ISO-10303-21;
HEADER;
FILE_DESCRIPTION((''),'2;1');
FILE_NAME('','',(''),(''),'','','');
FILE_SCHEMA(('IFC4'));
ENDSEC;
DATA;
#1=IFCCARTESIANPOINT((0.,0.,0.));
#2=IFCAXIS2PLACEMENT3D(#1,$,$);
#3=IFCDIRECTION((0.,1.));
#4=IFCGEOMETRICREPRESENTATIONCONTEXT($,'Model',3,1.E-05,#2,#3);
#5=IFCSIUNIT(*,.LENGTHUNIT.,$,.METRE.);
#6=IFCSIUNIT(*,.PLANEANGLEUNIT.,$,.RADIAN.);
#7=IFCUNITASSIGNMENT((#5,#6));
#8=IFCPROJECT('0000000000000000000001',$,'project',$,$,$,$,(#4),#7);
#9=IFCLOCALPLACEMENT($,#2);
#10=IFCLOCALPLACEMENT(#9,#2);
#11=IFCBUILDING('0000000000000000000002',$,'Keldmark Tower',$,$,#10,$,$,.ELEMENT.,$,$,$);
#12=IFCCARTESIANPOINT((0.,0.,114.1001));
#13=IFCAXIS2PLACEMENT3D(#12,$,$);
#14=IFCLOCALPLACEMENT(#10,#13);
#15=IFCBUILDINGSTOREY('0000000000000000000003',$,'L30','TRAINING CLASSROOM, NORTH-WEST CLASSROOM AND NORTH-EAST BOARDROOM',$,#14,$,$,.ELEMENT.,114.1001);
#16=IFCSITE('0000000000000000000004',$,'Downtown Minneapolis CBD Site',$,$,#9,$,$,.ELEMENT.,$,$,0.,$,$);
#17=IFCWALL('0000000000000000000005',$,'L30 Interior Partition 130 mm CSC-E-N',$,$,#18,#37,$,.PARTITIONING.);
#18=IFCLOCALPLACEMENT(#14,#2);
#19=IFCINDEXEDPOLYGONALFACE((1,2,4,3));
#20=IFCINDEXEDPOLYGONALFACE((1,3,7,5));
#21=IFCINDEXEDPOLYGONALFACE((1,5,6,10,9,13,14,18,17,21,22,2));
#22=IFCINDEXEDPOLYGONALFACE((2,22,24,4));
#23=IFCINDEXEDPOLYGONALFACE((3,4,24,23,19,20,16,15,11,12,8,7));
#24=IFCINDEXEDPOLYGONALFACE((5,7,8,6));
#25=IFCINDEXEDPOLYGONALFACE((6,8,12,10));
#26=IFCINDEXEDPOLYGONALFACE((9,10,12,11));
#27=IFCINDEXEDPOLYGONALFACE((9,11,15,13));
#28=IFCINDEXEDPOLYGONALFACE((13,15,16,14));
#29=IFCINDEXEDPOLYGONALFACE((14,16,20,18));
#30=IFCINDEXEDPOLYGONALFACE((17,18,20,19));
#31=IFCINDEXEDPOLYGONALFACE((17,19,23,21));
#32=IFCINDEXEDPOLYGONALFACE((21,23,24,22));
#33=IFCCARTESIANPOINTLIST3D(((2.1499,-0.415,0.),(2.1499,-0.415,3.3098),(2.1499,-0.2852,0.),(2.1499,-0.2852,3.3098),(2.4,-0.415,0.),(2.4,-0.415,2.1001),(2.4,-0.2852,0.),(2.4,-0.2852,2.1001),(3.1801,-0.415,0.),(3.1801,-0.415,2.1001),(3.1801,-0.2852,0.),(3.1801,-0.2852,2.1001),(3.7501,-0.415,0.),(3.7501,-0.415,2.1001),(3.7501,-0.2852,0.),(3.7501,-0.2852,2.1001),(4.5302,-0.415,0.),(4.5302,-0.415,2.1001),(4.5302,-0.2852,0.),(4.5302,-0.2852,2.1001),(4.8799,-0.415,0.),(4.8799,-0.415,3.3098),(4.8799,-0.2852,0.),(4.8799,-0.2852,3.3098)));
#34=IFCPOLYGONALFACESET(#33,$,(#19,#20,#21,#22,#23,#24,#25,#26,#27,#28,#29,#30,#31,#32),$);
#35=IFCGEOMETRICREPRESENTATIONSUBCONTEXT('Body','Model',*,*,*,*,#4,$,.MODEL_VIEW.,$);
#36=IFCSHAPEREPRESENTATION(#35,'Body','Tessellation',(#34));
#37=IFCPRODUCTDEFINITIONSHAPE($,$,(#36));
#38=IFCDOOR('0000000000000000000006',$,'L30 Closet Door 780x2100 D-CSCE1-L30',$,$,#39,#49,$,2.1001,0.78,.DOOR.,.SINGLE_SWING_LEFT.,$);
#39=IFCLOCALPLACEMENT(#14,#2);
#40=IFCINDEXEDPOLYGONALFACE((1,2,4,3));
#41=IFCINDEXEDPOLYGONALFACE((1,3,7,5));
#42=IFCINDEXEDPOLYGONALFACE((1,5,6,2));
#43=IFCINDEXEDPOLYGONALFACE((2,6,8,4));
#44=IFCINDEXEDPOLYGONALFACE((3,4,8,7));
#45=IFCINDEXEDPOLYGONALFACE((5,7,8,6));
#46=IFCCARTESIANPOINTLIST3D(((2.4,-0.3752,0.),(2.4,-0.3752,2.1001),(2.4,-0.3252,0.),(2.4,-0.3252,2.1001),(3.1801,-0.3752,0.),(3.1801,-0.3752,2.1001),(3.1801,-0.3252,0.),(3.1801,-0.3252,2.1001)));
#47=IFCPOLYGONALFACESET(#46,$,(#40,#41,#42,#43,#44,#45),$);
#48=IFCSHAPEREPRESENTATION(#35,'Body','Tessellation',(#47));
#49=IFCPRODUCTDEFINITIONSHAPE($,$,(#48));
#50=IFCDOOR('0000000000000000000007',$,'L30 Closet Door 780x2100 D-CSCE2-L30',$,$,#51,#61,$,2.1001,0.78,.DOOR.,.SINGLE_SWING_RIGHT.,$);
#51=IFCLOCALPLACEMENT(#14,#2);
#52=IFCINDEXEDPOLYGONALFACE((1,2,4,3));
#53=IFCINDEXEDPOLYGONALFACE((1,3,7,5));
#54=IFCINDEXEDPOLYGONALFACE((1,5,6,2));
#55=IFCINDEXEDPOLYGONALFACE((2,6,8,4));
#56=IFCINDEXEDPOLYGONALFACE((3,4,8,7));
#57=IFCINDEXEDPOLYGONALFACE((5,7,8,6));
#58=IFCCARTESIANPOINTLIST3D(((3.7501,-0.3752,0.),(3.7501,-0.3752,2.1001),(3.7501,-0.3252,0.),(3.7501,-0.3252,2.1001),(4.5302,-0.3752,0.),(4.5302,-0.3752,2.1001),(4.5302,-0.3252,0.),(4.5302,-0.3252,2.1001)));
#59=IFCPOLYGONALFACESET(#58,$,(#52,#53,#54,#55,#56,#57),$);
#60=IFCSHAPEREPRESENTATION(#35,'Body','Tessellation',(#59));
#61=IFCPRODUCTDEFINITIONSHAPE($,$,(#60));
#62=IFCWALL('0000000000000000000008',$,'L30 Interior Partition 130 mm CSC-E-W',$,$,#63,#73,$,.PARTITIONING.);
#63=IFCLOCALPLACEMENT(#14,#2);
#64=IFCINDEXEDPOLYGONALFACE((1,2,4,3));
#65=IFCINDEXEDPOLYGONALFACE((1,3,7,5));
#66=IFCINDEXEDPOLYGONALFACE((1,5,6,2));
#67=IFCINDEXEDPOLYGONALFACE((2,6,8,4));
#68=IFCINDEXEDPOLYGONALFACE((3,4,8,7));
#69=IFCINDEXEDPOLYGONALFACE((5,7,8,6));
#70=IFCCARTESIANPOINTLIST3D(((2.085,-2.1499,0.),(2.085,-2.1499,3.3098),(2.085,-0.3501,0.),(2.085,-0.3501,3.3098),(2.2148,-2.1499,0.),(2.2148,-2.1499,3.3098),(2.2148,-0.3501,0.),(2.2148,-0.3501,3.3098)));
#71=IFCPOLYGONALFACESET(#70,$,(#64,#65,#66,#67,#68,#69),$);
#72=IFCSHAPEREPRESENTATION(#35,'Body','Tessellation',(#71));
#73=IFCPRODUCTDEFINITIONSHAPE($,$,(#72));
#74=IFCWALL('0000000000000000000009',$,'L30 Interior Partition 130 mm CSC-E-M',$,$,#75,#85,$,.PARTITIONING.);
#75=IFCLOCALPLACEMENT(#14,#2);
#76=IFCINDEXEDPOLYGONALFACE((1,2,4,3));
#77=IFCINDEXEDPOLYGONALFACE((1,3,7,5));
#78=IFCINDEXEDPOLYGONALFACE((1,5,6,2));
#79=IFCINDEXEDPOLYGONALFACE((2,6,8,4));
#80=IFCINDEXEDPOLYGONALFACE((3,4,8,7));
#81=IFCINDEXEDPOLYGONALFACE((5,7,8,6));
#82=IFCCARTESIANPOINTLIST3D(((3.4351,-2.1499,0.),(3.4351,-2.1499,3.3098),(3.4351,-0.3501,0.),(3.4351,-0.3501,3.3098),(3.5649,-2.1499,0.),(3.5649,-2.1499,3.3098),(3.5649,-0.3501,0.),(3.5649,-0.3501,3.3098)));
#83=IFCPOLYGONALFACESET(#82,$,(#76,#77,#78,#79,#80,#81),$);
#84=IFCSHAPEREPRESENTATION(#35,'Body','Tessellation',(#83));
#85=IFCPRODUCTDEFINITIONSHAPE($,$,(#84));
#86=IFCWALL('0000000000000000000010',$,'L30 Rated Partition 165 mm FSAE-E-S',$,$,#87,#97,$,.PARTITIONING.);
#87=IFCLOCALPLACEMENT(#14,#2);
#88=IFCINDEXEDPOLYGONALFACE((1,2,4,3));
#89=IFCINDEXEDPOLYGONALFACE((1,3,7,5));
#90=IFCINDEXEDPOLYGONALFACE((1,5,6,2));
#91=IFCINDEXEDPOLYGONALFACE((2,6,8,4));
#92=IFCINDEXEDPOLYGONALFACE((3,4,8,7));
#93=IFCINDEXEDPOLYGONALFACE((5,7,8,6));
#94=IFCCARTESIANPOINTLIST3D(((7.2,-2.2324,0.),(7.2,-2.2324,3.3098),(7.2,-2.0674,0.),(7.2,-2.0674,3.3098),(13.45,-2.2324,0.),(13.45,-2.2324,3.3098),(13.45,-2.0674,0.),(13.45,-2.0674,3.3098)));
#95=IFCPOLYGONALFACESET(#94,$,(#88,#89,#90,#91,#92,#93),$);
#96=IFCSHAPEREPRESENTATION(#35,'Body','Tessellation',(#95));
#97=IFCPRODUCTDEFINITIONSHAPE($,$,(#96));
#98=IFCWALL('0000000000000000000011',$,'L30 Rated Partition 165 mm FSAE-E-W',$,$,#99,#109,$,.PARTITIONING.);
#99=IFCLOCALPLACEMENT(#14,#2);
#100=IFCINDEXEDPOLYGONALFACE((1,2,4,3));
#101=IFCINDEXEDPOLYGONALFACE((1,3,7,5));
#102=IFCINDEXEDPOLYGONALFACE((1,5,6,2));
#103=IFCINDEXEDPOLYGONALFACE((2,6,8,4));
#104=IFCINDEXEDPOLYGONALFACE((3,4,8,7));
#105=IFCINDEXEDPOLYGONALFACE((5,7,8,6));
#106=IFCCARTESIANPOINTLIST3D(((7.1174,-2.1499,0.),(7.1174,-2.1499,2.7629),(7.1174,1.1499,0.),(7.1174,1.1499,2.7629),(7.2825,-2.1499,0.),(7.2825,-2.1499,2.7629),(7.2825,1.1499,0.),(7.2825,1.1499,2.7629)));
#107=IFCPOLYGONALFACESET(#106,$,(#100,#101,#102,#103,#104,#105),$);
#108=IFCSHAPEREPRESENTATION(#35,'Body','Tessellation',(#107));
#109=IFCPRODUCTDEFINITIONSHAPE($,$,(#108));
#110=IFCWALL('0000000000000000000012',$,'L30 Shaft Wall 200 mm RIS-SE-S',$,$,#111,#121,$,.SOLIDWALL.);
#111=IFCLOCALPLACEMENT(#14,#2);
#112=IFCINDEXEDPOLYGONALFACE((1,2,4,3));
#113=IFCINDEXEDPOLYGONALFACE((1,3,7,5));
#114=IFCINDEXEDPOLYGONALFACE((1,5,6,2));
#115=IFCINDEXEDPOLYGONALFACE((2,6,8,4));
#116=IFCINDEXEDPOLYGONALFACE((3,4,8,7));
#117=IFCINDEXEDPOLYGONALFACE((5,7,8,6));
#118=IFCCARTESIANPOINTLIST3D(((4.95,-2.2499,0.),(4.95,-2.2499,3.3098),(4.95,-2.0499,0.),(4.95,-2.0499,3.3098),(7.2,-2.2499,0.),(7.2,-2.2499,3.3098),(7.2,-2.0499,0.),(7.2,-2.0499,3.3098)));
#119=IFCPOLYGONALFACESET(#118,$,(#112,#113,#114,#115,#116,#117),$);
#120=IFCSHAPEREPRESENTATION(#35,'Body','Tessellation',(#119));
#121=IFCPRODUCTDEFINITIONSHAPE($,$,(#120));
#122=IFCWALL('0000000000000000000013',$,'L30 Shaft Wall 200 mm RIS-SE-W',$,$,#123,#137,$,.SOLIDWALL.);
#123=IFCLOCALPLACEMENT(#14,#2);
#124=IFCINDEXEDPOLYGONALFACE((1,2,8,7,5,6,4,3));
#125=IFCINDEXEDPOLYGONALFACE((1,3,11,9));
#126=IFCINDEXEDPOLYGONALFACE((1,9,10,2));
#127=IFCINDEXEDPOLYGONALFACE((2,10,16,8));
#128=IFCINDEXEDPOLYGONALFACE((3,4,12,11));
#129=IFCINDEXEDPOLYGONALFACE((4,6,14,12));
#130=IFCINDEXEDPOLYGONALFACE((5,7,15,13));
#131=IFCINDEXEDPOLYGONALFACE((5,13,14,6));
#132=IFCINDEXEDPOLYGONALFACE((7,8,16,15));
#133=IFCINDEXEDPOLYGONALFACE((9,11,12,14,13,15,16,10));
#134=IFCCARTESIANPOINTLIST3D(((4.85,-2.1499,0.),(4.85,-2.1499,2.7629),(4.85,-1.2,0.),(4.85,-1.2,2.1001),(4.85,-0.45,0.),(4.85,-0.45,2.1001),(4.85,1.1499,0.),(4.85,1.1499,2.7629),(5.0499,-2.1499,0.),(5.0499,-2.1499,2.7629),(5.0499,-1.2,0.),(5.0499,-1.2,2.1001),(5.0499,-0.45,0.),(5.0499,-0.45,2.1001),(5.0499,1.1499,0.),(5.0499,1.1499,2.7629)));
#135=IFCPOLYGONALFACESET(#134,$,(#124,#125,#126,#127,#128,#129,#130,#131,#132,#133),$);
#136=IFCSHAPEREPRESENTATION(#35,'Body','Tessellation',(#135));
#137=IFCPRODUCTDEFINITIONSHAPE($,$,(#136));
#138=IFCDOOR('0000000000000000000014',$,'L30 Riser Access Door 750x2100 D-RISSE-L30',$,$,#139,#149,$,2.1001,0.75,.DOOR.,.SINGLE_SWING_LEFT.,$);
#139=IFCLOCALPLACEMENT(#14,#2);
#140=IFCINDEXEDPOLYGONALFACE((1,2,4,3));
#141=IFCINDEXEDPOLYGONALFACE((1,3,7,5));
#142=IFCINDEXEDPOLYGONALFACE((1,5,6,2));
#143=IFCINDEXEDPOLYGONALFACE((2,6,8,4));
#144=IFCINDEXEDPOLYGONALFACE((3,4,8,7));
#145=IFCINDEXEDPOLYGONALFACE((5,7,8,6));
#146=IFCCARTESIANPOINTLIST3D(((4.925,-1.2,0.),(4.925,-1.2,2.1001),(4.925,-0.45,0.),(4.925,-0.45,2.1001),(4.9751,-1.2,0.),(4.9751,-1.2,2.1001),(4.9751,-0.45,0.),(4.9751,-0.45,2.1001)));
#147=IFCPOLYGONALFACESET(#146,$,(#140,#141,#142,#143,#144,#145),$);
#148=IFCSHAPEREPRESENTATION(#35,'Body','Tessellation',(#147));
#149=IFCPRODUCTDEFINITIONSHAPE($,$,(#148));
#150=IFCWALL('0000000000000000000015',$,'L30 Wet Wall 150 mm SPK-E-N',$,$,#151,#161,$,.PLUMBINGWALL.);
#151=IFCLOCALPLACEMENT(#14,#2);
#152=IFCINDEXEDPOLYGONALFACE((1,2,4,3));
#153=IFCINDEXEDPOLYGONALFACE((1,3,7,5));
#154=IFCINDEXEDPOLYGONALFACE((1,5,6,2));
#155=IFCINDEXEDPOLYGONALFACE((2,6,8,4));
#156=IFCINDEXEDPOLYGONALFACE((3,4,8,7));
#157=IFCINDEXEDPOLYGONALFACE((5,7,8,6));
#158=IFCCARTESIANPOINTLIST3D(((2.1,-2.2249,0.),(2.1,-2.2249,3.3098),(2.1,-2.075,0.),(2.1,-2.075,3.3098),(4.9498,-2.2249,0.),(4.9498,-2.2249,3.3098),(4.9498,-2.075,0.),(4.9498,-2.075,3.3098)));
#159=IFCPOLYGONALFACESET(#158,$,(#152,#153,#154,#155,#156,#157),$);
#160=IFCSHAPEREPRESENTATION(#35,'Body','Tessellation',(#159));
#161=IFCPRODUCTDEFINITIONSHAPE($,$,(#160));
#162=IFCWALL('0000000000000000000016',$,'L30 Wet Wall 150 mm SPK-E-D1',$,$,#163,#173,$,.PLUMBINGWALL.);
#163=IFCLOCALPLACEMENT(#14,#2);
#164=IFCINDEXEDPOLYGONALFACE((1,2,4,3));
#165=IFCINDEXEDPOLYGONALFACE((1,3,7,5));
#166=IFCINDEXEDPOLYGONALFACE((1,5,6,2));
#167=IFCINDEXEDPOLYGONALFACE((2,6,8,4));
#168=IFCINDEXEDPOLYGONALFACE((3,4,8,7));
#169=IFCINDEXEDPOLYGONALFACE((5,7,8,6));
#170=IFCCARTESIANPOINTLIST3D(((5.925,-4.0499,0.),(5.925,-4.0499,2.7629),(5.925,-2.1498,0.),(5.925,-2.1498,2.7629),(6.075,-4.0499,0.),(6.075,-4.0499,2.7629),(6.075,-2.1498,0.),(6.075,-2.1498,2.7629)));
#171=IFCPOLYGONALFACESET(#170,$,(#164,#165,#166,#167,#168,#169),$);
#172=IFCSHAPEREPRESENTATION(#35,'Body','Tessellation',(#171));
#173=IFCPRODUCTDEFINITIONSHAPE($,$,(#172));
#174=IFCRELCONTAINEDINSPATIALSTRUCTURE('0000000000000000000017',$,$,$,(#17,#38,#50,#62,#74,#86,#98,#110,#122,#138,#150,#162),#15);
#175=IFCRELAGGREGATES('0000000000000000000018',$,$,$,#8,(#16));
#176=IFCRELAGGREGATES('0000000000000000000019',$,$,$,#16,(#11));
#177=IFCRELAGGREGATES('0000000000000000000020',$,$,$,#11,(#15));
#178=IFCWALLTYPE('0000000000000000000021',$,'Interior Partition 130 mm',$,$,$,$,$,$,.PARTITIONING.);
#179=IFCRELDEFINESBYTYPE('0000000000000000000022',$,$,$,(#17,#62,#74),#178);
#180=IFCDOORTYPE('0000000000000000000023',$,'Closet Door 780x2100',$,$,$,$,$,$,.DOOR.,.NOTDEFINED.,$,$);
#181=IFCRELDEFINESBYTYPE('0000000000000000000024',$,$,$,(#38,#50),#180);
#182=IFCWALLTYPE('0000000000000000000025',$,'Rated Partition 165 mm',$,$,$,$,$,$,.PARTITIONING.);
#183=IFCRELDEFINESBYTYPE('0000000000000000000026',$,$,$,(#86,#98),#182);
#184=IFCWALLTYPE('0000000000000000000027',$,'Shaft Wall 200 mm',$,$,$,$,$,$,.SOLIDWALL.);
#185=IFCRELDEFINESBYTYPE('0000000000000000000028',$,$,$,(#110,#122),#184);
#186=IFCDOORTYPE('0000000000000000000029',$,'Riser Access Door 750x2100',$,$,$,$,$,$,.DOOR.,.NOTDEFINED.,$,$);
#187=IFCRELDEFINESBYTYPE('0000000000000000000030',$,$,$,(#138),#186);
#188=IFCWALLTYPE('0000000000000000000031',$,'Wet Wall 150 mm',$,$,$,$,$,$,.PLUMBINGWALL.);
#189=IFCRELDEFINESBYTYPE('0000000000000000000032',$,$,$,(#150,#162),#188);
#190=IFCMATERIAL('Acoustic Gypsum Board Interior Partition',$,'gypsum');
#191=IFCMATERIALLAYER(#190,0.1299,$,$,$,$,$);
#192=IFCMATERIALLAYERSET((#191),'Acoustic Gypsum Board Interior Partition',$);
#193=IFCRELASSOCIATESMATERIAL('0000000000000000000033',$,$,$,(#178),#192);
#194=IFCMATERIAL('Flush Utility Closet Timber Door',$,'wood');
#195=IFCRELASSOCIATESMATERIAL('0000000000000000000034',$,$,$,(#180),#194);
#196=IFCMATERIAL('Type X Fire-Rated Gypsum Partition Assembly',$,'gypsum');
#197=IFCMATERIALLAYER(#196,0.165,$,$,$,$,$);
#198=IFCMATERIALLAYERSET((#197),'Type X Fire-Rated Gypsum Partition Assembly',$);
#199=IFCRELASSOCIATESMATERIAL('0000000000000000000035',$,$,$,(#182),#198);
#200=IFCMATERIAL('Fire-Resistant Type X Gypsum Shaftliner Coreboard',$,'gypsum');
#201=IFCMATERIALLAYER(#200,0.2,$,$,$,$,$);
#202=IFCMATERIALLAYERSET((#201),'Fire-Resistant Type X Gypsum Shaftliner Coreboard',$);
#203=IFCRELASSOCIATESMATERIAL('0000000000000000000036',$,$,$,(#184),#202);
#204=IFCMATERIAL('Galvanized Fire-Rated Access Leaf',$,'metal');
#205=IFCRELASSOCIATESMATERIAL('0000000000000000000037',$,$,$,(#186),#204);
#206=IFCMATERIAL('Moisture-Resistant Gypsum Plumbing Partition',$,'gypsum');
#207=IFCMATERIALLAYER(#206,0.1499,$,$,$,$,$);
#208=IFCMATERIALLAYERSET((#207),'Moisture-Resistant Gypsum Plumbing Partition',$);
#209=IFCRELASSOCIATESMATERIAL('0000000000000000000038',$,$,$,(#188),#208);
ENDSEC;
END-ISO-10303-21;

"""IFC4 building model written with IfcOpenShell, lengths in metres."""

from ifc_helpers import new_model, si_unit, direction, frame, frame_2d, origin, place, context, subcontext, project, spatial, rectangle, extrude, material, layer, layer_set, type_object, element, fill, save


model = new_model("IFC4")

# Units and contexts
model_context = context("Model", 3, precision=1e-05, world=origin(), true_north=direction((0.0, 1.0)))
body_context = subcontext(model_context, "Body", "Model", "MODEL_VIEW")
ifc_project = project(units=[si_unit("LENGTHUNIT", "METRE"), si_unit("PLANEANGLEUNIT", "RADIAN")], contexts=[model_context])

# Site, building, storey
site_placement = place(None, origin())
site = spatial("IfcSite", under=ifc_project, at=site_placement, Name="Downtown Minneapolis CBD Site", CompositionType="ELEMENT", RefElevation=0.0)
building_placement = place(site_placement, origin())
building = spatial("IfcBuilding", under=site, at=building_placement, Name="Keldmark Tower", CompositionType="ELEMENT")
storey_placement = place(building_placement, frame((0.0, 0.0, 114.1001)))
storey = spatial("IfcBuildingStorey", under=building, at=storey_placement, Name="L30", Description="TRAINING CLASSROOM, NORTH-WEST CLASSROOM AND NORTH-EAST BOARDROOM", CompositionType="ELEMENT", Elevation=114.1001)

# Wall, openings, doors
ifc_material_1 = material(Name="Acoustic Gypsum Board Interior Partition", Category="gypsum")
ifc_layer_1 = layer(ifc_material_1, 0.1299)
ifc_layer_set_1 = layer_set([ifc_layer_1], Name="Acoustic Gypsum Board Interior Partition")
wall_type_1 = type_object("IfcWallType", Name="Interior Partition 130 mm", PredefinedType="PARTITIONING", material=ifc_layer_set_1)
wall_1_placement = place(storey_placement, frame((2.1499, -0.3501, 0.0), z_axis=(0.0, 0.0, 1.0), x_axis=(1.0, 0.0, 0.0)))
wall_1 = element("IfcWall", 1, at=wall_1_placement, inside=storey, type_object=wall_type_1, Name="L30 Interior Partition 130 mm CSC-E-N", PredefinedType="PARTITIONING", context=body_context, shape_type="SweptSolid", body=[
    extrude(rectangle(XDim=2.73, YDim=0.1299, at=frame_2d((1.365, 0.0))), origin(), (0.0, 0.0, 1.0), 3.3098),
])
opening_1_placement = place(wall_1_placement, frame((0.25, 0.0, 0.0)))
opening_1 = element("IfcOpeningElement", 2, at=opening_1_placement, cuts=wall_1, PredefinedType="OPENING", context=body_context, shape_type="SweptSolid", body=[
    extrude(rectangle(XDim=0.78, YDim=2.1001, at=frame_2d((0.3901, 1.05))), frame((0.0, 0.075, 0.0), z_axis=(0.0, -1.0, 0.0), x_axis=(1.0, 0.0, 0.0)), (0.0, 0.0, 1.0), 0.1499),
])
opening_2_placement = place(wall_1_placement, frame((1.6001, 0.0, 0.0)))
opening_2 = element("IfcOpeningElement", 3, at=opening_2_placement, cuts=wall_1, PredefinedType="OPENING", context=body_context, shape_type="SweptSolid", body=[
    extrude(rectangle(XDim=0.78, YDim=2.1001, at=frame_2d((0.3901, 1.05))), frame((0.0, 0.075, 0.0), z_axis=(0.0, -1.0, 0.0), x_axis=(1.0, 0.0, 0.0)), (0.0, 0.0, 1.0), 0.1499),
])
ifc_material_2 = material(Name="Flush Utility Closet Timber Door", Category="wood")
door_type_1 = type_object("IfcDoorType", Name="Closet Door 780x2100", OperationType="NOTDEFINED", PredefinedType="DOOR", material=ifc_material_2)
door_1_placement = place(opening_1_placement, origin())
door_1 = element("IfcDoor", 4, at=door_1_placement, inside=storey, type_object=door_type_1, Name="L30 Closet Door 780x2100 D-CSCE1-L30", OperationType="SINGLE_SWING_LEFT", OverallHeight=2.1001, OverallWidth=0.78, PredefinedType="DOOR", context=body_context, shape_type="SweptSolid", body=[
    extrude(rectangle(XDim=0.78, YDim=2.1001, at=frame_2d((0.3901, 1.05))), frame((0.0, 0.0249, 0.0), z_axis=(0.0, -1.0, 0.0), x_axis=(1.0, 0.0, 0.0)), (0.0, 0.0, 1.0), 0.05),
])
fill(opening_1, door_1)
door_2_placement = place(opening_2_placement, origin())
door_2 = element("IfcDoor", 5, at=door_2_placement, inside=storey, type_object=door_type_1, Name="L30 Closet Door 780x2100 D-CSCE2-L30", OperationType="SINGLE_SWING_RIGHT", OverallHeight=2.1001, OverallWidth=0.78, PredefinedType="DOOR", context=body_context, shape_type="SweptSolid", body=[
    extrude(rectangle(XDim=0.78, YDim=2.1001, at=frame_2d((0.3901, 1.05))), frame((0.0, 0.0249, 0.0), z_axis=(0.0, -1.0, 0.0), x_axis=(1.0, 0.0, 0.0)), (0.0, 0.0, 1.0), 0.05),
])
fill(opening_2, door_2)

# Walls
for number, where, z_axis, x_axis, name in (
    (6, (2.1499, -2.1499, 0.0), (0.0, 0.0, 1.0), (0.0, 1.0, 0.0), "L30 Interior Partition 130 mm CSC-E-W"),
    (7, (3.5, -2.1499, 0.0), (0.0, 0.0, 1.0), (0.0, 1.0, 0.0), "L30 Interior Partition 130 mm CSC-E-M"),
):
    element("IfcWall", number, at=place(storey_placement, frame(where, z_axis=z_axis, x_axis=x_axis)), inside=storey, type_object=wall_type_1, Name=name, PredefinedType="PARTITIONING", context=body_context, shape_type="SweptSolid", body=[
        extrude(rectangle(XDim=1.7998, YDim=0.1299, at=frame_2d((0.8999, 0.0))), origin(), (0.0, 0.0, 1.0), 3.3098),
    ])
ifc_material_3 = material(Name="Type X Fire-Rated Gypsum Partition Assembly", Category="gypsum")
ifc_layer_2 = layer(ifc_material_3, 0.165)
ifc_layer_set_2 = layer_set([ifc_layer_2], Name="Type X Fire-Rated Gypsum Partition Assembly")
wall_type_2 = type_object("IfcWallType", Name="Rated Partition 165 mm", PredefinedType="PARTITIONING", material=ifc_layer_set_2)
wall_2_placement = place(storey_placement, frame((7.2, -2.1499, 0.0), z_axis=(0.0, 0.0, 1.0), x_axis=(1.0, 0.0, 0.0)))
element("IfcWall", 8, at=wall_2_placement, inside=storey, type_object=wall_type_2, Name="L30 Rated Partition 165 mm FSAE-E-S", PredefinedType="PARTITIONING", context=body_context, shape_type="SweptSolid", body=[
    extrude(rectangle(XDim=6.25, YDim=0.165, at=frame_2d((3.125, 0.0))), origin(), (0.0, 0.0, 1.0), 3.3098),
])
wall_3_placement = place(storey_placement, frame((7.2, -2.1499, 0.0), z_axis=(0.0, 0.0, 1.0), x_axis=(0.0, 1.0, 0.0)))
element("IfcWall", 9, at=wall_3_placement, inside=storey, type_object=wall_type_2, Name="L30 Rated Partition 165 mm FSAE-E-W", PredefinedType="PARTITIONING", context=body_context, shape_type="SweptSolid", body=[
    extrude(rectangle(XDim=3.2998, YDim=0.165, at=frame_2d((1.6499, 0.0))), origin(), (0.0, 0.0, 1.0), 2.7629),
])
ifc_material_4 = material(Name="Fire-Resistant Type X Gypsum Shaftliner Coreboard", Category="gypsum")
ifc_layer_3 = layer(ifc_material_4, 0.2)
ifc_layer_set_3 = layer_set([ifc_layer_3], Name="Fire-Resistant Type X Gypsum Shaftliner Coreboard")
wall_type_3 = type_object("IfcWallType", Name="Shaft Wall 200 mm", PredefinedType="SOLIDWALL", material=ifc_layer_set_3)
wall_4_placement = place(storey_placement, frame((4.95, -2.1499, 0.0), z_axis=(0.0, 0.0, 1.0), x_axis=(1.0, 0.0, 0.0)))
element("IfcWall", 10, at=wall_4_placement, inside=storey, type_object=wall_type_3, Name="L30 Shaft Wall 200 mm RIS-SE-S", PredefinedType="SOLIDWALL", context=body_context, shape_type="SweptSolid", body=[
    extrude(rectangle(XDim=2.25, YDim=0.2, at=frame_2d((1.125, 0.0))), origin(), (0.0, 0.0, 1.0), 3.3098),
])

# Wall, opening, door
wall_5_placement = place(storey_placement, frame((4.95, -2.1499, 0.0), z_axis=(0.0, 0.0, 1.0), x_axis=(0.0, 1.0, 0.0)))
wall_5 = element("IfcWall", 11, at=wall_5_placement, inside=storey, type_object=wall_type_3, Name="L30 Shaft Wall 200 mm RIS-SE-W", PredefinedType="SOLIDWALL", context=body_context, shape_type="SweptSolid", body=[
    extrude(rectangle(XDim=3.2998, YDim=0.2, at=frame_2d((1.6499, 0.0))), origin(), (0.0, 0.0, 1.0), 2.7629),
])
opening_3_placement = place(wall_5_placement, frame((0.95, 0.0, 0.0)))
opening_3 = element("IfcOpeningElement", 12, at=opening_3_placement, cuts=wall_5, PredefinedType="OPENING", context=body_context, shape_type="SweptSolid", body=[
    extrude(rectangle(XDim=0.75, YDim=2.1001, at=frame_2d((0.375, 1.05))), frame((0.0, 0.1099, 0.0), z_axis=(0.0, -1.0, 0.0), x_axis=(1.0, 0.0, 0.0)), (0.0, 0.0, 1.0), 0.22),
])
ifc_material_5 = material(Name="Galvanized Fire-Rated Access Leaf", Category="metal")
door_type_2 = type_object("IfcDoorType", Name="Riser Access Door 750x2100", OperationType="NOTDEFINED", PredefinedType="DOOR", material=ifc_material_5)
door_3_placement = place(opening_3_placement, origin())
door_3 = element("IfcDoor", 13, at=door_3_placement, inside=storey, type_object=door_type_2, Name="L30 Riser Access Door 750x2100 D-RISSE-L30", OperationType="SINGLE_SWING_LEFT", OverallHeight=2.1001, OverallWidth=0.75, PredefinedType="DOOR", context=body_context, shape_type="SweptSolid", body=[
    extrude(rectangle(XDim=0.75, YDim=2.1001, at=frame_2d((0.375, 1.05))), frame((0.0, 0.0249, 0.0), z_axis=(0.0, -1.0, 0.0), x_axis=(1.0, 0.0, 0.0)), (0.0, 0.0, 1.0), 0.05),
])
fill(opening_3, door_3)

# Walls
ifc_material_6 = material(Name="Moisture-Resistant Gypsum Plumbing Partition", Category="gypsum")
ifc_layer_4 = layer(ifc_material_6, 0.1499)
ifc_layer_set_4 = layer_set([ifc_layer_4], Name="Moisture-Resistant Gypsum Plumbing Partition")
wall_type_4 = type_object("IfcWallType", Name="Wet Wall 150 mm", PredefinedType="PLUMBINGWALL", material=ifc_layer_set_4)
wall_6_placement = place(storey_placement, frame((2.1001, -2.1499, 0.0), z_axis=(0.0, 0.0, 1.0), x_axis=(1.0, 0.0, 0.0)))
element("IfcWall", 14, at=wall_6_placement, inside=storey, type_object=wall_type_4, Name="L30 Wet Wall 150 mm SPK-E-N", PredefinedType="PLUMBINGWALL", context=body_context, shape_type="SweptSolid", body=[
    extrude(rectangle(XDim=2.8499, YDim=0.1499, at=frame_2d((1.4248, 0.0))), origin(), (0.0, 0.0, 1.0), 3.3098),
])
wall_7_placement = place(storey_placement, frame((6.0, -4.05, 0.0), z_axis=(0.0, 0.0, 1.0), x_axis=(0.0, 1.0, 0.0)))
element("IfcWall", 15, at=wall_7_placement, inside=storey, type_object=wall_type_4, Name="L30 Wet Wall 150 mm SPK-E-D1", PredefinedType="PLUMBINGWALL", context=body_context, shape_type="SweptSolid", body=[
    extrude(rectangle(XDim=1.9001, YDim=0.1499, at=frame_2d((0.9502, 0.0))), origin(), (0.0, 0.0, 1.0), 2.7629),
])

save(model, "model.ifc")
